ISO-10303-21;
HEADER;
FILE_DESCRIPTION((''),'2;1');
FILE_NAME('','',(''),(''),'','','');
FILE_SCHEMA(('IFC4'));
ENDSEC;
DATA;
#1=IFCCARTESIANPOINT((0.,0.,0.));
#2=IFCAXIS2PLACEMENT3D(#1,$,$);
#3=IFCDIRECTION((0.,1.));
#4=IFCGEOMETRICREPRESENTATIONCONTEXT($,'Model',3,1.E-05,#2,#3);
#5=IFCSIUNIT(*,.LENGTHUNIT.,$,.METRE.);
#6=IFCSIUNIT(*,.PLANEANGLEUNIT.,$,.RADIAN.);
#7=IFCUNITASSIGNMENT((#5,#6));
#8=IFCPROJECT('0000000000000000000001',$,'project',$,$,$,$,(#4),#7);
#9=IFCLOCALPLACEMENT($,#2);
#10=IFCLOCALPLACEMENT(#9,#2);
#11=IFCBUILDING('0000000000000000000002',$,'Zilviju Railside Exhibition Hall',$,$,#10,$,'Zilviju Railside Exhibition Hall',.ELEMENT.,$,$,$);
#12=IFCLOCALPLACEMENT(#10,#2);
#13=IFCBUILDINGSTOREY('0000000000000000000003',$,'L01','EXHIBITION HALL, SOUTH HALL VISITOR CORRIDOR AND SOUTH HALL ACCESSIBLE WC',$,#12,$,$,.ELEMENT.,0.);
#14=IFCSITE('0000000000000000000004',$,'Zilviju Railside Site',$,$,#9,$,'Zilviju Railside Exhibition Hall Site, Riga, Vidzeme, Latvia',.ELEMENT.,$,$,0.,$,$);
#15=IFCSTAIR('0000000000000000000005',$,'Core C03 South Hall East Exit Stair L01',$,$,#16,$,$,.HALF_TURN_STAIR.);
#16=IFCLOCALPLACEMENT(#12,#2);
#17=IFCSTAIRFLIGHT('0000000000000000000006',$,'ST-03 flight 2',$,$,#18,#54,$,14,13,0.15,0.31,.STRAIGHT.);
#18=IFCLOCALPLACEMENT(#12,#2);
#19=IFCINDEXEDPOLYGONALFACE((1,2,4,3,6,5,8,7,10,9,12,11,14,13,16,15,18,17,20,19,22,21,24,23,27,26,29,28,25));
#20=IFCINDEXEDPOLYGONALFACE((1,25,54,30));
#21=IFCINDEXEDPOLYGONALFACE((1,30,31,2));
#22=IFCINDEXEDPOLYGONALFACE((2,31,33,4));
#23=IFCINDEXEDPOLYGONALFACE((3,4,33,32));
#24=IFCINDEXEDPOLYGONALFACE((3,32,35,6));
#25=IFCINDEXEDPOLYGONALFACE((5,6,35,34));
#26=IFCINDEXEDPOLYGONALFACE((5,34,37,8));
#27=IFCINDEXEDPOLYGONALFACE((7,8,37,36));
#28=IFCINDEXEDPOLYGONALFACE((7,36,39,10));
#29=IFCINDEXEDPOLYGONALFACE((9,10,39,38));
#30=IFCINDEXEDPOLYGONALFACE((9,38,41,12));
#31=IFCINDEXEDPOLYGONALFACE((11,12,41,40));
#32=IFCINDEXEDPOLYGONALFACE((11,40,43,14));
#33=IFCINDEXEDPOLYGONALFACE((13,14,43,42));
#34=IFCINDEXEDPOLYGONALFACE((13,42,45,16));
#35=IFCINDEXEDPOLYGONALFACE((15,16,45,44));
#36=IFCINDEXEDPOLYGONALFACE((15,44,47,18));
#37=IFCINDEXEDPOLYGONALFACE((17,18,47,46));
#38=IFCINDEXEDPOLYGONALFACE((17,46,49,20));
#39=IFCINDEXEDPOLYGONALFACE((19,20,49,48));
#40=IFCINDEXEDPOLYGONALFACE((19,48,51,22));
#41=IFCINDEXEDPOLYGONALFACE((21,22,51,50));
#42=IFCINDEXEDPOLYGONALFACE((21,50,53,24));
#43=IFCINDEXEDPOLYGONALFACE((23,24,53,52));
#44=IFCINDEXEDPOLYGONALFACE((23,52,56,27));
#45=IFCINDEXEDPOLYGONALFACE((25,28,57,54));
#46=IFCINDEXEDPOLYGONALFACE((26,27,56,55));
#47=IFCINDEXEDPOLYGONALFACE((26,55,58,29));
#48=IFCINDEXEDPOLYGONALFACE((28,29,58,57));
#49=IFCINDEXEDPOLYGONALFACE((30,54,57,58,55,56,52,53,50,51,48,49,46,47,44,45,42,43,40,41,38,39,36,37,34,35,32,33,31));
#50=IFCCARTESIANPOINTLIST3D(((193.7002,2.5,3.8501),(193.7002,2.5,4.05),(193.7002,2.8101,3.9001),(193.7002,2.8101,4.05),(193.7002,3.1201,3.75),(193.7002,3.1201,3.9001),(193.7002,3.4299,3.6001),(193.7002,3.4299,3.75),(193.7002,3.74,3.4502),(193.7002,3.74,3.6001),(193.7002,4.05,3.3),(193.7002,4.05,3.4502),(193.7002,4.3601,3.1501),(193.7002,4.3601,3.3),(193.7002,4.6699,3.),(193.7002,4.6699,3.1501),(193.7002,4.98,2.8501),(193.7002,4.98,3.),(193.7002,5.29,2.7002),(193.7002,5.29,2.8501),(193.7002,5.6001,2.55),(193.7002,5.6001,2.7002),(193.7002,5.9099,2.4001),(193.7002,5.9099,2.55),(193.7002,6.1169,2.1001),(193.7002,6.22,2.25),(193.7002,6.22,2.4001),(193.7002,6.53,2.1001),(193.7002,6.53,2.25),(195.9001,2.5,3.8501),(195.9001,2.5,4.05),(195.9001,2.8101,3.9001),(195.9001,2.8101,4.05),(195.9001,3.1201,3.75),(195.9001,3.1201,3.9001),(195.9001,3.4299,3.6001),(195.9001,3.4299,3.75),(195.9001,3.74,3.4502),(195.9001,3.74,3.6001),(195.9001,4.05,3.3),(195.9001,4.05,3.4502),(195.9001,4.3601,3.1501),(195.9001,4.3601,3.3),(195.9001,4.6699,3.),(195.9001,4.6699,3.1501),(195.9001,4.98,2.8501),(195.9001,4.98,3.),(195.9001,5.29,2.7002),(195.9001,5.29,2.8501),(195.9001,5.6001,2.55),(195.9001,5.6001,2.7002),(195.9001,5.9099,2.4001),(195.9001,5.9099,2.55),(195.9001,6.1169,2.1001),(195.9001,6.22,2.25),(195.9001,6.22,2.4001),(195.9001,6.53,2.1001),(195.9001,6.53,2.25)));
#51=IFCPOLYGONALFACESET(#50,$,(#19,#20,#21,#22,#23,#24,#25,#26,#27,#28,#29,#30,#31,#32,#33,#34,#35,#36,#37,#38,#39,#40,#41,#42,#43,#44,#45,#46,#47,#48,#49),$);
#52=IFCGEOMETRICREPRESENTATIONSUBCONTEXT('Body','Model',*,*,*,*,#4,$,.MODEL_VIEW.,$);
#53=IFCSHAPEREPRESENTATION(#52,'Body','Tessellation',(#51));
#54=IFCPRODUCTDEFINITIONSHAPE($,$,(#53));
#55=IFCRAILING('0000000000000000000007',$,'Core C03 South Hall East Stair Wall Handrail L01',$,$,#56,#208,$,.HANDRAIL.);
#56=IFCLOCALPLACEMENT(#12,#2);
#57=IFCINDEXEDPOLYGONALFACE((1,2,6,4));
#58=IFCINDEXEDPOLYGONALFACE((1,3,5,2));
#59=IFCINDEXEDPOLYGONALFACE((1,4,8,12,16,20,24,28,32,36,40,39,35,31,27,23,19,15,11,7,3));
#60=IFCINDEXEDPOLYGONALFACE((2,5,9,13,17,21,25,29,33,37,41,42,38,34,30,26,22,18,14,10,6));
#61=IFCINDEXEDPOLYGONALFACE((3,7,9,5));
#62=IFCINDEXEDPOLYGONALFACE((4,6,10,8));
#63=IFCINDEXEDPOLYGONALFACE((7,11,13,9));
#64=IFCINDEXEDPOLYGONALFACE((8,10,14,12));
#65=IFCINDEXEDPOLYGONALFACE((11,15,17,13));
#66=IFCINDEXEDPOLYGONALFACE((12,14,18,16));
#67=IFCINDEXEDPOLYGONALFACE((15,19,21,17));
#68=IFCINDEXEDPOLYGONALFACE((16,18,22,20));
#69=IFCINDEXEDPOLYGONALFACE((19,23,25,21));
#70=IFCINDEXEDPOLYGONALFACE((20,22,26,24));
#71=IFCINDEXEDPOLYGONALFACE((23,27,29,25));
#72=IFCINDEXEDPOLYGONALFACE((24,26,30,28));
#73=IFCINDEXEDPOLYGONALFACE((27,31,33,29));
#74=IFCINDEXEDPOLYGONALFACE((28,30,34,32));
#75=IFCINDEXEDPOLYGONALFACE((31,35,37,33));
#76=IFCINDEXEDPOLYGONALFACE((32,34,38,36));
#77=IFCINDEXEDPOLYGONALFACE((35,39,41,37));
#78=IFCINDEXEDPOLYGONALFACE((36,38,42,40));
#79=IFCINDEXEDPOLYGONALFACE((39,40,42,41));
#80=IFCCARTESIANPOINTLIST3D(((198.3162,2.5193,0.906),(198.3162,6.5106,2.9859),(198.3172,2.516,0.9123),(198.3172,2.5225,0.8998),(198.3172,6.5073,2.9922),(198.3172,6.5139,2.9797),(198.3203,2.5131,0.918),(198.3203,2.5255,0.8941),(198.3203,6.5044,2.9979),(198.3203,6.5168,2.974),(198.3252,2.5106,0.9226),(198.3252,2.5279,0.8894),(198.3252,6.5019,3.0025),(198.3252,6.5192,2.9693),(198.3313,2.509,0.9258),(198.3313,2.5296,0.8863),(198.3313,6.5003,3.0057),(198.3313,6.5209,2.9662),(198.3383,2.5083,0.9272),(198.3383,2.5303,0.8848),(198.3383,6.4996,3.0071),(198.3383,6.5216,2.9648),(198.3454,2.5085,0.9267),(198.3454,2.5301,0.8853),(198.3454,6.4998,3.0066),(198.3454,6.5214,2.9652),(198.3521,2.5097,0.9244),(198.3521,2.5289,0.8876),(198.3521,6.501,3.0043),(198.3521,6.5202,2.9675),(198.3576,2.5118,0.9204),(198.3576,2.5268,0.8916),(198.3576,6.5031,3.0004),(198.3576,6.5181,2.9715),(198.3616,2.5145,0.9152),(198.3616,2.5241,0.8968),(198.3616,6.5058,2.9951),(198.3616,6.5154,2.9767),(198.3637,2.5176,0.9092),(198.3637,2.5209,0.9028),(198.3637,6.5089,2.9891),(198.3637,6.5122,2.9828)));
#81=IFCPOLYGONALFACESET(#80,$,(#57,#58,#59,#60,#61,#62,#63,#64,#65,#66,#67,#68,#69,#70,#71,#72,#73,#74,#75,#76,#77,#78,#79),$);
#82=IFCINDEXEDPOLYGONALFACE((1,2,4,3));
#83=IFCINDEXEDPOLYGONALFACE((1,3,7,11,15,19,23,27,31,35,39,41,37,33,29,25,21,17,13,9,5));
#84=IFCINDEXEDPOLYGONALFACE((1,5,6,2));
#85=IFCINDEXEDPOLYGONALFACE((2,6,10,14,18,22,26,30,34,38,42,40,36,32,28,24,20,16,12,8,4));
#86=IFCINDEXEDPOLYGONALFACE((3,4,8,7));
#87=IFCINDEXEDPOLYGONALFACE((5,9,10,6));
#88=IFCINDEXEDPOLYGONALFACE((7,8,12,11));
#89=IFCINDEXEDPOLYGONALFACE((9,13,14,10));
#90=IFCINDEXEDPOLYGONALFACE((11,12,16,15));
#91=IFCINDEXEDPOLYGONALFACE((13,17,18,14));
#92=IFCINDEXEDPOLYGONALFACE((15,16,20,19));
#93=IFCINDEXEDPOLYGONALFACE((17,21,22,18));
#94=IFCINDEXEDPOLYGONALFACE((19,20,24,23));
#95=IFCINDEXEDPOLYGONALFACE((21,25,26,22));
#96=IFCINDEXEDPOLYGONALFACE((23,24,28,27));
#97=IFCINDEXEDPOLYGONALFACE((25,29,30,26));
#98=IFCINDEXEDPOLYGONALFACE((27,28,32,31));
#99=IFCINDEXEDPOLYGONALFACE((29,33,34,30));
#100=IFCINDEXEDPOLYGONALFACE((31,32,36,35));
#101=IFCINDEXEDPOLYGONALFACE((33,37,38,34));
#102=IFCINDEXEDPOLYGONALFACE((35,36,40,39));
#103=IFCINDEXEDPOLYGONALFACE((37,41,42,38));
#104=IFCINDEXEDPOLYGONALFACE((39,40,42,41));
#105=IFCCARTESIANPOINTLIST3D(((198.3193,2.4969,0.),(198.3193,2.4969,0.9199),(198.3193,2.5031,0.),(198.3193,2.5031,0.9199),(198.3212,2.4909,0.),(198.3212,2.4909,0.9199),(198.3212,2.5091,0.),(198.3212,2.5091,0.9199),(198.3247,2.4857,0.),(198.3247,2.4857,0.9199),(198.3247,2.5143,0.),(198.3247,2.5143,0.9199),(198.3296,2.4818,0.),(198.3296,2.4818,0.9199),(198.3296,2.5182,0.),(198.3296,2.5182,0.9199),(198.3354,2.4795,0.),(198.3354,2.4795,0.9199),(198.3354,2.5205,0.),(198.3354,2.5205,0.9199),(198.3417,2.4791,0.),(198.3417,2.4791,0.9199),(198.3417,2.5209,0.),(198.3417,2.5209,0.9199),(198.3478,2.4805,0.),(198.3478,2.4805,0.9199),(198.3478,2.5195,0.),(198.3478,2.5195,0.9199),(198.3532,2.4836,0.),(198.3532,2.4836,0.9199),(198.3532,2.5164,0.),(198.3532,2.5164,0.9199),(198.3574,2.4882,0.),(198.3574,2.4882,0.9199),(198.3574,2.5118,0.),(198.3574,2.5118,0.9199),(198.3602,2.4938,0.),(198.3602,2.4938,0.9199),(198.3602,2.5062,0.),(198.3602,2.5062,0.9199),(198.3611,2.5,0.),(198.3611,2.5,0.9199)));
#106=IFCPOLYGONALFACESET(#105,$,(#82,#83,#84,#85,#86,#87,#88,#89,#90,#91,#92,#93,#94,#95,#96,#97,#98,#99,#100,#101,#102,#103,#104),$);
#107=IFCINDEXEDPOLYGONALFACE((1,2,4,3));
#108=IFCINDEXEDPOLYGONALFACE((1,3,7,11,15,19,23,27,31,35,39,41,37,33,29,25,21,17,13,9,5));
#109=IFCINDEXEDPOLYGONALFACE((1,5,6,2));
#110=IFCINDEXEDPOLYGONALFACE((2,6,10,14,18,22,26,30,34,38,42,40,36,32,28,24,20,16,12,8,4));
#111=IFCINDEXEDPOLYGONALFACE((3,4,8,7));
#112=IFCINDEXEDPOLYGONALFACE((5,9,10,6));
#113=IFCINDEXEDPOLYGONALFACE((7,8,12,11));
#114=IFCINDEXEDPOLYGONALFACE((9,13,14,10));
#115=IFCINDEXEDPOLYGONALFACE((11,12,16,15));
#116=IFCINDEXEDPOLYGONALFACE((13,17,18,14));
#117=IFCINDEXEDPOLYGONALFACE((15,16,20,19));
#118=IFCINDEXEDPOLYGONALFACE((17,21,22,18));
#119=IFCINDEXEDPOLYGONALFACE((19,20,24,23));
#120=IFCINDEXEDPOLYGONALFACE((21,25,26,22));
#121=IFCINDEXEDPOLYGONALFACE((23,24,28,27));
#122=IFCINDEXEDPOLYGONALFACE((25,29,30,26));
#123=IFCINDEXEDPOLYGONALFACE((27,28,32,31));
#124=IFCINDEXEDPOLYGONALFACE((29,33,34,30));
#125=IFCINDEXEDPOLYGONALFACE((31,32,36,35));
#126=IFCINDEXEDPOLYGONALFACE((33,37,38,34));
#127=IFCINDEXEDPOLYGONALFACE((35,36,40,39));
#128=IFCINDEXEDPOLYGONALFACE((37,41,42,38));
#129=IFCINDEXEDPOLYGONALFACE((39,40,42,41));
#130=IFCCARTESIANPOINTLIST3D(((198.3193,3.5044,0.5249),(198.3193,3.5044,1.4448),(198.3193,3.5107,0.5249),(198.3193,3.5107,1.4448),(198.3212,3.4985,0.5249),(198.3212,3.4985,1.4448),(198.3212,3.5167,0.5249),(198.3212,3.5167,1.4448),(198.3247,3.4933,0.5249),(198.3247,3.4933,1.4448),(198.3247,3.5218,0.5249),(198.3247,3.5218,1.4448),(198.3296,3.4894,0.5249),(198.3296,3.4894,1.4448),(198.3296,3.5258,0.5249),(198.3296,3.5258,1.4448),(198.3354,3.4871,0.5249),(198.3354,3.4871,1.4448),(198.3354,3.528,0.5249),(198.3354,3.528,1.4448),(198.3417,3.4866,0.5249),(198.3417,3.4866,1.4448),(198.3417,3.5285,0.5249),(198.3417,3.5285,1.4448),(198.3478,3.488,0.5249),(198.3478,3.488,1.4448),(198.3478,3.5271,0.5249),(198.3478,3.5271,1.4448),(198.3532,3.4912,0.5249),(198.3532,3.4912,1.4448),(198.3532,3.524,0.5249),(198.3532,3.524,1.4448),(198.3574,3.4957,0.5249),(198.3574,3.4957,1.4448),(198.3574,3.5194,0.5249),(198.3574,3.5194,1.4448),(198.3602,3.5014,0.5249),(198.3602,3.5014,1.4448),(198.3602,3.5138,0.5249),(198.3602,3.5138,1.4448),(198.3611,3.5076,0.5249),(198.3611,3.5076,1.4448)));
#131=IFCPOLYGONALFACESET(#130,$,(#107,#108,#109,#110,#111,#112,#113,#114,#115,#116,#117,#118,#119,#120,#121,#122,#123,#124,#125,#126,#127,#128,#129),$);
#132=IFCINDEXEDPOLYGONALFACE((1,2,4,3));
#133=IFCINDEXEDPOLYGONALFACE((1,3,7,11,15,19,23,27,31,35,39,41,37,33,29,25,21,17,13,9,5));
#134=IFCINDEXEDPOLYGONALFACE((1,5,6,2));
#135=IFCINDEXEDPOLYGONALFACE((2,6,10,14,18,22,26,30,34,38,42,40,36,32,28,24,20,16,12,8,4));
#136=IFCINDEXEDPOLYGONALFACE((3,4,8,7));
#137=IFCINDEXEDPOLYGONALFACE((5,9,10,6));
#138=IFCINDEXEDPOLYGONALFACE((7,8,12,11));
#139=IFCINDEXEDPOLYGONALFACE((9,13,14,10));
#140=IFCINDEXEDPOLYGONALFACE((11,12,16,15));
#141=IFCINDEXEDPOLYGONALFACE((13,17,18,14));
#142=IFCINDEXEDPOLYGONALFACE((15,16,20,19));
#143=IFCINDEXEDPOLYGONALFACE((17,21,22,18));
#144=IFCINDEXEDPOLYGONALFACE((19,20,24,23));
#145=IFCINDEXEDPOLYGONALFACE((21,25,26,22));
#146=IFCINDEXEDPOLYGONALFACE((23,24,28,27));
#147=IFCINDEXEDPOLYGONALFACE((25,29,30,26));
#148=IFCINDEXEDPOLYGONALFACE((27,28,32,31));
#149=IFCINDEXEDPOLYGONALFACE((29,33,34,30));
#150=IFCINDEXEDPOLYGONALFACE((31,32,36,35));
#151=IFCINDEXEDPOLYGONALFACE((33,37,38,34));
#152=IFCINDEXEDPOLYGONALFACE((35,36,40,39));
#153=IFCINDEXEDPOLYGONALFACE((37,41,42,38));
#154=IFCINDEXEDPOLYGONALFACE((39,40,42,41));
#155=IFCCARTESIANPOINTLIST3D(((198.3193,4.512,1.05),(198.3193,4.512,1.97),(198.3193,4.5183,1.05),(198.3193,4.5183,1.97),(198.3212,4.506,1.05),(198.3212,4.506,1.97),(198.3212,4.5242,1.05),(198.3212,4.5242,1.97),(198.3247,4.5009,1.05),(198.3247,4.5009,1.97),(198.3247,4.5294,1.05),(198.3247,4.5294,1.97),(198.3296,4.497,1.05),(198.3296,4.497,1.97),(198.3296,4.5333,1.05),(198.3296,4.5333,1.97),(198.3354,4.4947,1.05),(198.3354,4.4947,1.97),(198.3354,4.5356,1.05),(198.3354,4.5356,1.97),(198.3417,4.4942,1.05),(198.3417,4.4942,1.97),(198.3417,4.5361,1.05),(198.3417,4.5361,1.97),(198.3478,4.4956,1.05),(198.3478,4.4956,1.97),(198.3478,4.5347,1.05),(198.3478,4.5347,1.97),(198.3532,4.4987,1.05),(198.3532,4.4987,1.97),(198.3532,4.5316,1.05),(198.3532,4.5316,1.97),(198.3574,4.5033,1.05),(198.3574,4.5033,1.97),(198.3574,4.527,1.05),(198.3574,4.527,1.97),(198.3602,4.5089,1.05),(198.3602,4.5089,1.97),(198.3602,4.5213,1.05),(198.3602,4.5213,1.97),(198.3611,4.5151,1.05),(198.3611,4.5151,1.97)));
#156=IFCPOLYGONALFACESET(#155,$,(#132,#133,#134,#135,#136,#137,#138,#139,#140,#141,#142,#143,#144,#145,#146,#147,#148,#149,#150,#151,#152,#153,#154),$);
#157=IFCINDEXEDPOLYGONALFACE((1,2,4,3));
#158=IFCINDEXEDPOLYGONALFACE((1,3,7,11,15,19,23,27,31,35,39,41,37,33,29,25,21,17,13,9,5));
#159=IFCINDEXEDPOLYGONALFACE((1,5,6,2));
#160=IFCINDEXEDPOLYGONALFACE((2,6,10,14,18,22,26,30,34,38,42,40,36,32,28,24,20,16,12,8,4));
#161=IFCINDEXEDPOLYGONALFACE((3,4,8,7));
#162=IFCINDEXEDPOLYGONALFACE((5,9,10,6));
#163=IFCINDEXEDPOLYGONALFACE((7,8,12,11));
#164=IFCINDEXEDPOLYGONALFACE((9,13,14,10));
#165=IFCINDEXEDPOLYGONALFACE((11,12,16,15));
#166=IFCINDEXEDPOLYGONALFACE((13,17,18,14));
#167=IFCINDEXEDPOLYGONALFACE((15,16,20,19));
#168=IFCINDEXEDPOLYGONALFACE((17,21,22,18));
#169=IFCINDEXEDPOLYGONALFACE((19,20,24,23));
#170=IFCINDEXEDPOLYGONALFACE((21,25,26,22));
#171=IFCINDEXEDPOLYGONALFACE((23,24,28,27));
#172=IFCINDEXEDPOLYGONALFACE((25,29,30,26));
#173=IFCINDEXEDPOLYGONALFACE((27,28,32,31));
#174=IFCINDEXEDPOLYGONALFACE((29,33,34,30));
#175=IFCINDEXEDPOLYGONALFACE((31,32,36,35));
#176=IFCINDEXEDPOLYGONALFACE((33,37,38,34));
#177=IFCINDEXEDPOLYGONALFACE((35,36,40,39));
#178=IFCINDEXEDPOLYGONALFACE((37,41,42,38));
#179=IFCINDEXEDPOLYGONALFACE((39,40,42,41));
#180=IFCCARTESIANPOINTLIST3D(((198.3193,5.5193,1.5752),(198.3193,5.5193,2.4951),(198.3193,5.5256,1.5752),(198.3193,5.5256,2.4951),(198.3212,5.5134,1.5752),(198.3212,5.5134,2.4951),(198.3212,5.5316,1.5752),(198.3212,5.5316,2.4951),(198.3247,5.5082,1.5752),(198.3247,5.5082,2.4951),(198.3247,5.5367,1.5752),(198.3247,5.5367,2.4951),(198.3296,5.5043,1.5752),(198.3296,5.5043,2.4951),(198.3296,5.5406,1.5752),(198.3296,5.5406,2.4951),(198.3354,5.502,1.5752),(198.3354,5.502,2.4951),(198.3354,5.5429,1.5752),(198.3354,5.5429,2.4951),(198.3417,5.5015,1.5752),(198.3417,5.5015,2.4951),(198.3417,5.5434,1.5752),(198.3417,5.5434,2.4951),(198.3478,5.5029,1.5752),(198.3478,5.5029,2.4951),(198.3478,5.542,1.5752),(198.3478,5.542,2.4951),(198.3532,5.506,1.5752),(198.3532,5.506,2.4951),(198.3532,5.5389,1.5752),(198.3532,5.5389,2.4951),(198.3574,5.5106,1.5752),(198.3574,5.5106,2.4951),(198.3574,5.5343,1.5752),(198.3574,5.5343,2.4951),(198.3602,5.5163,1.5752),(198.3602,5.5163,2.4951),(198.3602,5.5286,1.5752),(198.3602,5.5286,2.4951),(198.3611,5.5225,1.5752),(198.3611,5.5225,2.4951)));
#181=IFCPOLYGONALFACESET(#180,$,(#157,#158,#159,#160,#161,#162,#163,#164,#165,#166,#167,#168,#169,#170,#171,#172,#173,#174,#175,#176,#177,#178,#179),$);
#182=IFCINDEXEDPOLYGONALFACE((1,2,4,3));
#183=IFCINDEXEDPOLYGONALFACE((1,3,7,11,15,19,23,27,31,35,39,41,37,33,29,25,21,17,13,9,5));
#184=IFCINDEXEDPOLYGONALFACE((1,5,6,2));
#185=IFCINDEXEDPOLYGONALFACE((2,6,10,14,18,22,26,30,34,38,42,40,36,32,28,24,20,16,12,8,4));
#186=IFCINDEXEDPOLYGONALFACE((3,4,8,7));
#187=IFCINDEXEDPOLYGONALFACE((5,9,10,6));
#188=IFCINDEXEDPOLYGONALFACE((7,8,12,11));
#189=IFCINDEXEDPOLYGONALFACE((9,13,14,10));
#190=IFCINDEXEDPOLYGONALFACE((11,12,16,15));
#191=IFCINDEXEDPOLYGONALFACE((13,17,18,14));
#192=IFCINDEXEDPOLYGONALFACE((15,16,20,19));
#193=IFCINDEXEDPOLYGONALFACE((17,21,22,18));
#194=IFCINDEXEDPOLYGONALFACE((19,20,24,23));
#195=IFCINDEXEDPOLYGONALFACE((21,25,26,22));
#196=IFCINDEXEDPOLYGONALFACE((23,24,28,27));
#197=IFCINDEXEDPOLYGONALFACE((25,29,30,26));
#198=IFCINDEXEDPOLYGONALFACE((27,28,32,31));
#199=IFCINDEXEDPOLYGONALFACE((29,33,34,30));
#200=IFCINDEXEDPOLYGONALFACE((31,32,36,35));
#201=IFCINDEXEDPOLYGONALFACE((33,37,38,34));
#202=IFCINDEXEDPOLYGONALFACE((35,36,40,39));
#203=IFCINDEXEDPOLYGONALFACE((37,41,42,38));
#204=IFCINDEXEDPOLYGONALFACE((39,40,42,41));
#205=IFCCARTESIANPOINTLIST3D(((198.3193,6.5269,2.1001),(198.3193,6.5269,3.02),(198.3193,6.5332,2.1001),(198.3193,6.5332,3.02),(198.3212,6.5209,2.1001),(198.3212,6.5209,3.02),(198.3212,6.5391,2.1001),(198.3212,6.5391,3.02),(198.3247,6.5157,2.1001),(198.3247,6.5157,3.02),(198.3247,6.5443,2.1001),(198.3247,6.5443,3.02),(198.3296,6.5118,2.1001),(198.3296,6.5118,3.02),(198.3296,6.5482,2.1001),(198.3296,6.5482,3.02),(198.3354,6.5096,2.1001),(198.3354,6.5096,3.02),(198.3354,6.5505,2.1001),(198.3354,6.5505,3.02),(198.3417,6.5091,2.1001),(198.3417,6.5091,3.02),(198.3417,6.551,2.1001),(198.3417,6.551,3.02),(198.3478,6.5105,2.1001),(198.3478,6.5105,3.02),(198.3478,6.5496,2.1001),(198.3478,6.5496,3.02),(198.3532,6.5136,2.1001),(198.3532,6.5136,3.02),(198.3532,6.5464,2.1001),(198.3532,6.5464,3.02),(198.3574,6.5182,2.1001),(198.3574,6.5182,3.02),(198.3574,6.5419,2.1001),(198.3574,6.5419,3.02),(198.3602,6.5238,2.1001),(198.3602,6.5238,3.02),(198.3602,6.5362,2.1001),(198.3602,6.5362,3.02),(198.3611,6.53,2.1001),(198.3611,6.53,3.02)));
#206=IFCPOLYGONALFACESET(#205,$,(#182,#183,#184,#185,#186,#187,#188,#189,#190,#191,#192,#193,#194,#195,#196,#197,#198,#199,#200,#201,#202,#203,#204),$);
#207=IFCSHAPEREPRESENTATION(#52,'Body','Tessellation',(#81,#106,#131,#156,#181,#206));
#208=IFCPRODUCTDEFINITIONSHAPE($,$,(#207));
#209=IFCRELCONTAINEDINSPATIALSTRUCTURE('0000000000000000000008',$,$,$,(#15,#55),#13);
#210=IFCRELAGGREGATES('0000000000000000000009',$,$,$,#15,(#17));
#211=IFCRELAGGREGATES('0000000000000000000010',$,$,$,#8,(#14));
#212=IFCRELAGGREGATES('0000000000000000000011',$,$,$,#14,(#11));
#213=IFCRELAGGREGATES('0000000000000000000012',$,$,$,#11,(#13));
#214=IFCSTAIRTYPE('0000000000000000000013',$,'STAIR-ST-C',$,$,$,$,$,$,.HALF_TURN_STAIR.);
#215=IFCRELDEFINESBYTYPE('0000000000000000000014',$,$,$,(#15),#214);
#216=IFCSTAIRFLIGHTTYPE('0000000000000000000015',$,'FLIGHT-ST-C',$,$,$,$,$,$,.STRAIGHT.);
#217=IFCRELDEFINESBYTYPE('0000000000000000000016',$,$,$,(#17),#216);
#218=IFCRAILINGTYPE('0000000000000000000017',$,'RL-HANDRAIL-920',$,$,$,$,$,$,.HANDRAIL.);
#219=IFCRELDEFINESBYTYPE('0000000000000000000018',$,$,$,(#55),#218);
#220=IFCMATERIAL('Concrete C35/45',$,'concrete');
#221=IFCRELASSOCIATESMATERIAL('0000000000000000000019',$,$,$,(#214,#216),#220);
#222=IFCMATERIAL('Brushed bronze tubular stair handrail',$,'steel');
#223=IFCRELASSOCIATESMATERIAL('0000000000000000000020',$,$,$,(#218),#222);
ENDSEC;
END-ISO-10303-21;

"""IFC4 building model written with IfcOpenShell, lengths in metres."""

from ifc_helpers import new_model, si_unit, direction, frame, origin, origin_2d, place, context, subcontext, project, spatial, polyline, circle, outline, extrude, material, type_object, element, aggregate, save


model = new_model("IFC4")

# Units and contexts
model_context = context("Model", 3, precision=1e-05, world=origin(), true_north=direction((0.0, 1.0)))
body_context = subcontext(model_context, "Body", "Model", "MODEL_VIEW")
ifc_project = project(units=[si_unit("LENGTHUNIT", "METRE"), si_unit("PLANEANGLEUNIT", "RADIAN")], contexts=[model_context])

# Site, building, storey
site_placement = place(None, origin())
site = spatial("IfcSite", under=ifc_project, at=site_placement, Name="Zilviju Railside Site", LongName="Zilviju Railside Exhibition Hall Site, Riga, Vidzeme, Latvia", CompositionType="ELEMENT", RefElevation=0.0)
building_placement = place(site_placement, origin())
building = spatial("IfcBuilding", under=site, at=building_placement, Name="Zilviju Railside Exhibition Hall", LongName="Zilviju Railside Exhibition Hall", CompositionType="ELEMENT")
storey_placement = place(building_placement, origin())
storey = spatial("IfcBuildingStorey", under=building, at=storey_placement, Name="L01", Description="EXHIBITION HALL, SOUTH HALL VISITOR CORRIDOR AND SOUTH HALL ACCESSIBLE WC", CompositionType="ELEMENT", Elevation=0.0)

# Shared definitions
ifc_material_1 = material(Name="Concrete C35/45", Category="concrete")

# Stair, stair flight
stair_type = type_object("IfcStairType", Name="STAIR-ST-C", PredefinedType="HALF_TURN_STAIR", material=ifc_material_1)
stair_placement = place(storey_placement, origin())
stair = element("IfcStair", 1, at=stair_placement, inside=storey, type_object=stair_type, Name="Core C03 South Hall East Exit Stair L01", PredefinedType="HALF_TURN_STAIR")
stair_flight_type = type_object("IfcStairFlightType", Name="FLIGHT-ST-C", PredefinedType="STRAIGHT", material=ifc_material_1)
stair_flight_1_placement = place(storey_placement, frame((194.8, 6.53, 2.1001), z_axis=(0.0, 0.0, 1.0), x_axis=(0.0, -1.0, 0.0)))
stair_flight_1 = element("IfcStairFlight", 2, at=stair_flight_1_placement, type_object=stair_flight_type, Name="ST-03 flight 2", NumberOfRisers=14, NumberOfTreads=13, PredefinedType="STRAIGHT", RiserHeight=0.15, TreadLength=0.31, context=body_context, shape_type="SweptSolid", body=[
    extrude(outline(polyline([(0.0, 0.0), (0.0, 0.1499), (0.3101, 0.1499), (0.3101, 0.3), (0.6201, 0.3), (0.6201, 0.45), (0.9299, 0.45), (0.9299, 0.6001), (1.24, 0.6001), (1.24, 0.75), (1.55, 0.75), (1.55, 0.8999), (1.8601, 0.8999), (1.8601, 1.05), (2.1699, 1.05), (2.1699, 1.2), (2.48, 1.2), (2.48, 1.3501), (2.79, 1.3501), (2.79, 1.5), (3.1001, 1.5), (3.1001, 1.6499), (3.4099, 1.6499), (3.4099, 1.8), (3.72, 1.8), (3.72, 1.95), (4.03, 1.95), (4.03, 2.1001), (4.03, 1.75), (0.4131, 0.0), (0.0, 0.0)])), frame((0.0, 1.1001, 0.0), z_axis=(0.0, -1.0, 0.0), x_axis=(1.0, 0.0, 0.0)), (0.0, 0.0, 1.0), 2.2),
])
aggregate(stair, [stair_flight_1])

# Railing
ifc_material_2 = material(Name="Brushed bronze tubular stair handrail", Category="steel")
railing_type_1 = type_object("IfcRailingType", Name="RL-HANDRAIL-920", PredefinedType="HANDRAIL", material=ifc_material_2)
railing_1_placement = place(storey_placement, frame((198.3401, 2.5, 0.0)))
element("IfcRailing", 3, at=railing_1_placement, inside=storey, type_object=railing_type_1, Name="Core C03 South Hall East Stair Wall Handrail L01", PredefinedType="HANDRAIL", context=body_context, shape_type="SweptSolid", body=[
    extrude(circle(Radius=0.0239, at=origin_2d()), frame((0.0, 0.0193, 0.906), z_axis=(0.0, 0.886813, 0.462129), x_axis=(-1.0, 0.0, 0.0)), (0.0, 0.0, 1.0), 4.5007),
    extrude(circle(Radius=0.021, at=origin_2d()), origin(), (0.0, 0.0, 1.0), 0.9199),
    extrude(circle(Radius=0.021, at=origin_2d()), frame((0.0, 1.0076, 0.5249)), (0.0, 0.0, 1.0), 0.9199),
    extrude(circle(Radius=0.021, at=origin_2d()), frame((0.0, 2.0151, 1.05)), (0.0, 0.0, 1.0), 0.9199),
    extrude(circle(Radius=0.021, at=origin_2d()), frame((0.0, 3.0225, 1.5752)), (0.0, 0.0, 1.0), 0.9199),
    extrude(circle(Radius=0.021, at=origin_2d()), frame((0.0, 4.03, 2.1001)), (0.0, 0.0, 1.0), 0.9199),
])

save(model, "model.ifc")
